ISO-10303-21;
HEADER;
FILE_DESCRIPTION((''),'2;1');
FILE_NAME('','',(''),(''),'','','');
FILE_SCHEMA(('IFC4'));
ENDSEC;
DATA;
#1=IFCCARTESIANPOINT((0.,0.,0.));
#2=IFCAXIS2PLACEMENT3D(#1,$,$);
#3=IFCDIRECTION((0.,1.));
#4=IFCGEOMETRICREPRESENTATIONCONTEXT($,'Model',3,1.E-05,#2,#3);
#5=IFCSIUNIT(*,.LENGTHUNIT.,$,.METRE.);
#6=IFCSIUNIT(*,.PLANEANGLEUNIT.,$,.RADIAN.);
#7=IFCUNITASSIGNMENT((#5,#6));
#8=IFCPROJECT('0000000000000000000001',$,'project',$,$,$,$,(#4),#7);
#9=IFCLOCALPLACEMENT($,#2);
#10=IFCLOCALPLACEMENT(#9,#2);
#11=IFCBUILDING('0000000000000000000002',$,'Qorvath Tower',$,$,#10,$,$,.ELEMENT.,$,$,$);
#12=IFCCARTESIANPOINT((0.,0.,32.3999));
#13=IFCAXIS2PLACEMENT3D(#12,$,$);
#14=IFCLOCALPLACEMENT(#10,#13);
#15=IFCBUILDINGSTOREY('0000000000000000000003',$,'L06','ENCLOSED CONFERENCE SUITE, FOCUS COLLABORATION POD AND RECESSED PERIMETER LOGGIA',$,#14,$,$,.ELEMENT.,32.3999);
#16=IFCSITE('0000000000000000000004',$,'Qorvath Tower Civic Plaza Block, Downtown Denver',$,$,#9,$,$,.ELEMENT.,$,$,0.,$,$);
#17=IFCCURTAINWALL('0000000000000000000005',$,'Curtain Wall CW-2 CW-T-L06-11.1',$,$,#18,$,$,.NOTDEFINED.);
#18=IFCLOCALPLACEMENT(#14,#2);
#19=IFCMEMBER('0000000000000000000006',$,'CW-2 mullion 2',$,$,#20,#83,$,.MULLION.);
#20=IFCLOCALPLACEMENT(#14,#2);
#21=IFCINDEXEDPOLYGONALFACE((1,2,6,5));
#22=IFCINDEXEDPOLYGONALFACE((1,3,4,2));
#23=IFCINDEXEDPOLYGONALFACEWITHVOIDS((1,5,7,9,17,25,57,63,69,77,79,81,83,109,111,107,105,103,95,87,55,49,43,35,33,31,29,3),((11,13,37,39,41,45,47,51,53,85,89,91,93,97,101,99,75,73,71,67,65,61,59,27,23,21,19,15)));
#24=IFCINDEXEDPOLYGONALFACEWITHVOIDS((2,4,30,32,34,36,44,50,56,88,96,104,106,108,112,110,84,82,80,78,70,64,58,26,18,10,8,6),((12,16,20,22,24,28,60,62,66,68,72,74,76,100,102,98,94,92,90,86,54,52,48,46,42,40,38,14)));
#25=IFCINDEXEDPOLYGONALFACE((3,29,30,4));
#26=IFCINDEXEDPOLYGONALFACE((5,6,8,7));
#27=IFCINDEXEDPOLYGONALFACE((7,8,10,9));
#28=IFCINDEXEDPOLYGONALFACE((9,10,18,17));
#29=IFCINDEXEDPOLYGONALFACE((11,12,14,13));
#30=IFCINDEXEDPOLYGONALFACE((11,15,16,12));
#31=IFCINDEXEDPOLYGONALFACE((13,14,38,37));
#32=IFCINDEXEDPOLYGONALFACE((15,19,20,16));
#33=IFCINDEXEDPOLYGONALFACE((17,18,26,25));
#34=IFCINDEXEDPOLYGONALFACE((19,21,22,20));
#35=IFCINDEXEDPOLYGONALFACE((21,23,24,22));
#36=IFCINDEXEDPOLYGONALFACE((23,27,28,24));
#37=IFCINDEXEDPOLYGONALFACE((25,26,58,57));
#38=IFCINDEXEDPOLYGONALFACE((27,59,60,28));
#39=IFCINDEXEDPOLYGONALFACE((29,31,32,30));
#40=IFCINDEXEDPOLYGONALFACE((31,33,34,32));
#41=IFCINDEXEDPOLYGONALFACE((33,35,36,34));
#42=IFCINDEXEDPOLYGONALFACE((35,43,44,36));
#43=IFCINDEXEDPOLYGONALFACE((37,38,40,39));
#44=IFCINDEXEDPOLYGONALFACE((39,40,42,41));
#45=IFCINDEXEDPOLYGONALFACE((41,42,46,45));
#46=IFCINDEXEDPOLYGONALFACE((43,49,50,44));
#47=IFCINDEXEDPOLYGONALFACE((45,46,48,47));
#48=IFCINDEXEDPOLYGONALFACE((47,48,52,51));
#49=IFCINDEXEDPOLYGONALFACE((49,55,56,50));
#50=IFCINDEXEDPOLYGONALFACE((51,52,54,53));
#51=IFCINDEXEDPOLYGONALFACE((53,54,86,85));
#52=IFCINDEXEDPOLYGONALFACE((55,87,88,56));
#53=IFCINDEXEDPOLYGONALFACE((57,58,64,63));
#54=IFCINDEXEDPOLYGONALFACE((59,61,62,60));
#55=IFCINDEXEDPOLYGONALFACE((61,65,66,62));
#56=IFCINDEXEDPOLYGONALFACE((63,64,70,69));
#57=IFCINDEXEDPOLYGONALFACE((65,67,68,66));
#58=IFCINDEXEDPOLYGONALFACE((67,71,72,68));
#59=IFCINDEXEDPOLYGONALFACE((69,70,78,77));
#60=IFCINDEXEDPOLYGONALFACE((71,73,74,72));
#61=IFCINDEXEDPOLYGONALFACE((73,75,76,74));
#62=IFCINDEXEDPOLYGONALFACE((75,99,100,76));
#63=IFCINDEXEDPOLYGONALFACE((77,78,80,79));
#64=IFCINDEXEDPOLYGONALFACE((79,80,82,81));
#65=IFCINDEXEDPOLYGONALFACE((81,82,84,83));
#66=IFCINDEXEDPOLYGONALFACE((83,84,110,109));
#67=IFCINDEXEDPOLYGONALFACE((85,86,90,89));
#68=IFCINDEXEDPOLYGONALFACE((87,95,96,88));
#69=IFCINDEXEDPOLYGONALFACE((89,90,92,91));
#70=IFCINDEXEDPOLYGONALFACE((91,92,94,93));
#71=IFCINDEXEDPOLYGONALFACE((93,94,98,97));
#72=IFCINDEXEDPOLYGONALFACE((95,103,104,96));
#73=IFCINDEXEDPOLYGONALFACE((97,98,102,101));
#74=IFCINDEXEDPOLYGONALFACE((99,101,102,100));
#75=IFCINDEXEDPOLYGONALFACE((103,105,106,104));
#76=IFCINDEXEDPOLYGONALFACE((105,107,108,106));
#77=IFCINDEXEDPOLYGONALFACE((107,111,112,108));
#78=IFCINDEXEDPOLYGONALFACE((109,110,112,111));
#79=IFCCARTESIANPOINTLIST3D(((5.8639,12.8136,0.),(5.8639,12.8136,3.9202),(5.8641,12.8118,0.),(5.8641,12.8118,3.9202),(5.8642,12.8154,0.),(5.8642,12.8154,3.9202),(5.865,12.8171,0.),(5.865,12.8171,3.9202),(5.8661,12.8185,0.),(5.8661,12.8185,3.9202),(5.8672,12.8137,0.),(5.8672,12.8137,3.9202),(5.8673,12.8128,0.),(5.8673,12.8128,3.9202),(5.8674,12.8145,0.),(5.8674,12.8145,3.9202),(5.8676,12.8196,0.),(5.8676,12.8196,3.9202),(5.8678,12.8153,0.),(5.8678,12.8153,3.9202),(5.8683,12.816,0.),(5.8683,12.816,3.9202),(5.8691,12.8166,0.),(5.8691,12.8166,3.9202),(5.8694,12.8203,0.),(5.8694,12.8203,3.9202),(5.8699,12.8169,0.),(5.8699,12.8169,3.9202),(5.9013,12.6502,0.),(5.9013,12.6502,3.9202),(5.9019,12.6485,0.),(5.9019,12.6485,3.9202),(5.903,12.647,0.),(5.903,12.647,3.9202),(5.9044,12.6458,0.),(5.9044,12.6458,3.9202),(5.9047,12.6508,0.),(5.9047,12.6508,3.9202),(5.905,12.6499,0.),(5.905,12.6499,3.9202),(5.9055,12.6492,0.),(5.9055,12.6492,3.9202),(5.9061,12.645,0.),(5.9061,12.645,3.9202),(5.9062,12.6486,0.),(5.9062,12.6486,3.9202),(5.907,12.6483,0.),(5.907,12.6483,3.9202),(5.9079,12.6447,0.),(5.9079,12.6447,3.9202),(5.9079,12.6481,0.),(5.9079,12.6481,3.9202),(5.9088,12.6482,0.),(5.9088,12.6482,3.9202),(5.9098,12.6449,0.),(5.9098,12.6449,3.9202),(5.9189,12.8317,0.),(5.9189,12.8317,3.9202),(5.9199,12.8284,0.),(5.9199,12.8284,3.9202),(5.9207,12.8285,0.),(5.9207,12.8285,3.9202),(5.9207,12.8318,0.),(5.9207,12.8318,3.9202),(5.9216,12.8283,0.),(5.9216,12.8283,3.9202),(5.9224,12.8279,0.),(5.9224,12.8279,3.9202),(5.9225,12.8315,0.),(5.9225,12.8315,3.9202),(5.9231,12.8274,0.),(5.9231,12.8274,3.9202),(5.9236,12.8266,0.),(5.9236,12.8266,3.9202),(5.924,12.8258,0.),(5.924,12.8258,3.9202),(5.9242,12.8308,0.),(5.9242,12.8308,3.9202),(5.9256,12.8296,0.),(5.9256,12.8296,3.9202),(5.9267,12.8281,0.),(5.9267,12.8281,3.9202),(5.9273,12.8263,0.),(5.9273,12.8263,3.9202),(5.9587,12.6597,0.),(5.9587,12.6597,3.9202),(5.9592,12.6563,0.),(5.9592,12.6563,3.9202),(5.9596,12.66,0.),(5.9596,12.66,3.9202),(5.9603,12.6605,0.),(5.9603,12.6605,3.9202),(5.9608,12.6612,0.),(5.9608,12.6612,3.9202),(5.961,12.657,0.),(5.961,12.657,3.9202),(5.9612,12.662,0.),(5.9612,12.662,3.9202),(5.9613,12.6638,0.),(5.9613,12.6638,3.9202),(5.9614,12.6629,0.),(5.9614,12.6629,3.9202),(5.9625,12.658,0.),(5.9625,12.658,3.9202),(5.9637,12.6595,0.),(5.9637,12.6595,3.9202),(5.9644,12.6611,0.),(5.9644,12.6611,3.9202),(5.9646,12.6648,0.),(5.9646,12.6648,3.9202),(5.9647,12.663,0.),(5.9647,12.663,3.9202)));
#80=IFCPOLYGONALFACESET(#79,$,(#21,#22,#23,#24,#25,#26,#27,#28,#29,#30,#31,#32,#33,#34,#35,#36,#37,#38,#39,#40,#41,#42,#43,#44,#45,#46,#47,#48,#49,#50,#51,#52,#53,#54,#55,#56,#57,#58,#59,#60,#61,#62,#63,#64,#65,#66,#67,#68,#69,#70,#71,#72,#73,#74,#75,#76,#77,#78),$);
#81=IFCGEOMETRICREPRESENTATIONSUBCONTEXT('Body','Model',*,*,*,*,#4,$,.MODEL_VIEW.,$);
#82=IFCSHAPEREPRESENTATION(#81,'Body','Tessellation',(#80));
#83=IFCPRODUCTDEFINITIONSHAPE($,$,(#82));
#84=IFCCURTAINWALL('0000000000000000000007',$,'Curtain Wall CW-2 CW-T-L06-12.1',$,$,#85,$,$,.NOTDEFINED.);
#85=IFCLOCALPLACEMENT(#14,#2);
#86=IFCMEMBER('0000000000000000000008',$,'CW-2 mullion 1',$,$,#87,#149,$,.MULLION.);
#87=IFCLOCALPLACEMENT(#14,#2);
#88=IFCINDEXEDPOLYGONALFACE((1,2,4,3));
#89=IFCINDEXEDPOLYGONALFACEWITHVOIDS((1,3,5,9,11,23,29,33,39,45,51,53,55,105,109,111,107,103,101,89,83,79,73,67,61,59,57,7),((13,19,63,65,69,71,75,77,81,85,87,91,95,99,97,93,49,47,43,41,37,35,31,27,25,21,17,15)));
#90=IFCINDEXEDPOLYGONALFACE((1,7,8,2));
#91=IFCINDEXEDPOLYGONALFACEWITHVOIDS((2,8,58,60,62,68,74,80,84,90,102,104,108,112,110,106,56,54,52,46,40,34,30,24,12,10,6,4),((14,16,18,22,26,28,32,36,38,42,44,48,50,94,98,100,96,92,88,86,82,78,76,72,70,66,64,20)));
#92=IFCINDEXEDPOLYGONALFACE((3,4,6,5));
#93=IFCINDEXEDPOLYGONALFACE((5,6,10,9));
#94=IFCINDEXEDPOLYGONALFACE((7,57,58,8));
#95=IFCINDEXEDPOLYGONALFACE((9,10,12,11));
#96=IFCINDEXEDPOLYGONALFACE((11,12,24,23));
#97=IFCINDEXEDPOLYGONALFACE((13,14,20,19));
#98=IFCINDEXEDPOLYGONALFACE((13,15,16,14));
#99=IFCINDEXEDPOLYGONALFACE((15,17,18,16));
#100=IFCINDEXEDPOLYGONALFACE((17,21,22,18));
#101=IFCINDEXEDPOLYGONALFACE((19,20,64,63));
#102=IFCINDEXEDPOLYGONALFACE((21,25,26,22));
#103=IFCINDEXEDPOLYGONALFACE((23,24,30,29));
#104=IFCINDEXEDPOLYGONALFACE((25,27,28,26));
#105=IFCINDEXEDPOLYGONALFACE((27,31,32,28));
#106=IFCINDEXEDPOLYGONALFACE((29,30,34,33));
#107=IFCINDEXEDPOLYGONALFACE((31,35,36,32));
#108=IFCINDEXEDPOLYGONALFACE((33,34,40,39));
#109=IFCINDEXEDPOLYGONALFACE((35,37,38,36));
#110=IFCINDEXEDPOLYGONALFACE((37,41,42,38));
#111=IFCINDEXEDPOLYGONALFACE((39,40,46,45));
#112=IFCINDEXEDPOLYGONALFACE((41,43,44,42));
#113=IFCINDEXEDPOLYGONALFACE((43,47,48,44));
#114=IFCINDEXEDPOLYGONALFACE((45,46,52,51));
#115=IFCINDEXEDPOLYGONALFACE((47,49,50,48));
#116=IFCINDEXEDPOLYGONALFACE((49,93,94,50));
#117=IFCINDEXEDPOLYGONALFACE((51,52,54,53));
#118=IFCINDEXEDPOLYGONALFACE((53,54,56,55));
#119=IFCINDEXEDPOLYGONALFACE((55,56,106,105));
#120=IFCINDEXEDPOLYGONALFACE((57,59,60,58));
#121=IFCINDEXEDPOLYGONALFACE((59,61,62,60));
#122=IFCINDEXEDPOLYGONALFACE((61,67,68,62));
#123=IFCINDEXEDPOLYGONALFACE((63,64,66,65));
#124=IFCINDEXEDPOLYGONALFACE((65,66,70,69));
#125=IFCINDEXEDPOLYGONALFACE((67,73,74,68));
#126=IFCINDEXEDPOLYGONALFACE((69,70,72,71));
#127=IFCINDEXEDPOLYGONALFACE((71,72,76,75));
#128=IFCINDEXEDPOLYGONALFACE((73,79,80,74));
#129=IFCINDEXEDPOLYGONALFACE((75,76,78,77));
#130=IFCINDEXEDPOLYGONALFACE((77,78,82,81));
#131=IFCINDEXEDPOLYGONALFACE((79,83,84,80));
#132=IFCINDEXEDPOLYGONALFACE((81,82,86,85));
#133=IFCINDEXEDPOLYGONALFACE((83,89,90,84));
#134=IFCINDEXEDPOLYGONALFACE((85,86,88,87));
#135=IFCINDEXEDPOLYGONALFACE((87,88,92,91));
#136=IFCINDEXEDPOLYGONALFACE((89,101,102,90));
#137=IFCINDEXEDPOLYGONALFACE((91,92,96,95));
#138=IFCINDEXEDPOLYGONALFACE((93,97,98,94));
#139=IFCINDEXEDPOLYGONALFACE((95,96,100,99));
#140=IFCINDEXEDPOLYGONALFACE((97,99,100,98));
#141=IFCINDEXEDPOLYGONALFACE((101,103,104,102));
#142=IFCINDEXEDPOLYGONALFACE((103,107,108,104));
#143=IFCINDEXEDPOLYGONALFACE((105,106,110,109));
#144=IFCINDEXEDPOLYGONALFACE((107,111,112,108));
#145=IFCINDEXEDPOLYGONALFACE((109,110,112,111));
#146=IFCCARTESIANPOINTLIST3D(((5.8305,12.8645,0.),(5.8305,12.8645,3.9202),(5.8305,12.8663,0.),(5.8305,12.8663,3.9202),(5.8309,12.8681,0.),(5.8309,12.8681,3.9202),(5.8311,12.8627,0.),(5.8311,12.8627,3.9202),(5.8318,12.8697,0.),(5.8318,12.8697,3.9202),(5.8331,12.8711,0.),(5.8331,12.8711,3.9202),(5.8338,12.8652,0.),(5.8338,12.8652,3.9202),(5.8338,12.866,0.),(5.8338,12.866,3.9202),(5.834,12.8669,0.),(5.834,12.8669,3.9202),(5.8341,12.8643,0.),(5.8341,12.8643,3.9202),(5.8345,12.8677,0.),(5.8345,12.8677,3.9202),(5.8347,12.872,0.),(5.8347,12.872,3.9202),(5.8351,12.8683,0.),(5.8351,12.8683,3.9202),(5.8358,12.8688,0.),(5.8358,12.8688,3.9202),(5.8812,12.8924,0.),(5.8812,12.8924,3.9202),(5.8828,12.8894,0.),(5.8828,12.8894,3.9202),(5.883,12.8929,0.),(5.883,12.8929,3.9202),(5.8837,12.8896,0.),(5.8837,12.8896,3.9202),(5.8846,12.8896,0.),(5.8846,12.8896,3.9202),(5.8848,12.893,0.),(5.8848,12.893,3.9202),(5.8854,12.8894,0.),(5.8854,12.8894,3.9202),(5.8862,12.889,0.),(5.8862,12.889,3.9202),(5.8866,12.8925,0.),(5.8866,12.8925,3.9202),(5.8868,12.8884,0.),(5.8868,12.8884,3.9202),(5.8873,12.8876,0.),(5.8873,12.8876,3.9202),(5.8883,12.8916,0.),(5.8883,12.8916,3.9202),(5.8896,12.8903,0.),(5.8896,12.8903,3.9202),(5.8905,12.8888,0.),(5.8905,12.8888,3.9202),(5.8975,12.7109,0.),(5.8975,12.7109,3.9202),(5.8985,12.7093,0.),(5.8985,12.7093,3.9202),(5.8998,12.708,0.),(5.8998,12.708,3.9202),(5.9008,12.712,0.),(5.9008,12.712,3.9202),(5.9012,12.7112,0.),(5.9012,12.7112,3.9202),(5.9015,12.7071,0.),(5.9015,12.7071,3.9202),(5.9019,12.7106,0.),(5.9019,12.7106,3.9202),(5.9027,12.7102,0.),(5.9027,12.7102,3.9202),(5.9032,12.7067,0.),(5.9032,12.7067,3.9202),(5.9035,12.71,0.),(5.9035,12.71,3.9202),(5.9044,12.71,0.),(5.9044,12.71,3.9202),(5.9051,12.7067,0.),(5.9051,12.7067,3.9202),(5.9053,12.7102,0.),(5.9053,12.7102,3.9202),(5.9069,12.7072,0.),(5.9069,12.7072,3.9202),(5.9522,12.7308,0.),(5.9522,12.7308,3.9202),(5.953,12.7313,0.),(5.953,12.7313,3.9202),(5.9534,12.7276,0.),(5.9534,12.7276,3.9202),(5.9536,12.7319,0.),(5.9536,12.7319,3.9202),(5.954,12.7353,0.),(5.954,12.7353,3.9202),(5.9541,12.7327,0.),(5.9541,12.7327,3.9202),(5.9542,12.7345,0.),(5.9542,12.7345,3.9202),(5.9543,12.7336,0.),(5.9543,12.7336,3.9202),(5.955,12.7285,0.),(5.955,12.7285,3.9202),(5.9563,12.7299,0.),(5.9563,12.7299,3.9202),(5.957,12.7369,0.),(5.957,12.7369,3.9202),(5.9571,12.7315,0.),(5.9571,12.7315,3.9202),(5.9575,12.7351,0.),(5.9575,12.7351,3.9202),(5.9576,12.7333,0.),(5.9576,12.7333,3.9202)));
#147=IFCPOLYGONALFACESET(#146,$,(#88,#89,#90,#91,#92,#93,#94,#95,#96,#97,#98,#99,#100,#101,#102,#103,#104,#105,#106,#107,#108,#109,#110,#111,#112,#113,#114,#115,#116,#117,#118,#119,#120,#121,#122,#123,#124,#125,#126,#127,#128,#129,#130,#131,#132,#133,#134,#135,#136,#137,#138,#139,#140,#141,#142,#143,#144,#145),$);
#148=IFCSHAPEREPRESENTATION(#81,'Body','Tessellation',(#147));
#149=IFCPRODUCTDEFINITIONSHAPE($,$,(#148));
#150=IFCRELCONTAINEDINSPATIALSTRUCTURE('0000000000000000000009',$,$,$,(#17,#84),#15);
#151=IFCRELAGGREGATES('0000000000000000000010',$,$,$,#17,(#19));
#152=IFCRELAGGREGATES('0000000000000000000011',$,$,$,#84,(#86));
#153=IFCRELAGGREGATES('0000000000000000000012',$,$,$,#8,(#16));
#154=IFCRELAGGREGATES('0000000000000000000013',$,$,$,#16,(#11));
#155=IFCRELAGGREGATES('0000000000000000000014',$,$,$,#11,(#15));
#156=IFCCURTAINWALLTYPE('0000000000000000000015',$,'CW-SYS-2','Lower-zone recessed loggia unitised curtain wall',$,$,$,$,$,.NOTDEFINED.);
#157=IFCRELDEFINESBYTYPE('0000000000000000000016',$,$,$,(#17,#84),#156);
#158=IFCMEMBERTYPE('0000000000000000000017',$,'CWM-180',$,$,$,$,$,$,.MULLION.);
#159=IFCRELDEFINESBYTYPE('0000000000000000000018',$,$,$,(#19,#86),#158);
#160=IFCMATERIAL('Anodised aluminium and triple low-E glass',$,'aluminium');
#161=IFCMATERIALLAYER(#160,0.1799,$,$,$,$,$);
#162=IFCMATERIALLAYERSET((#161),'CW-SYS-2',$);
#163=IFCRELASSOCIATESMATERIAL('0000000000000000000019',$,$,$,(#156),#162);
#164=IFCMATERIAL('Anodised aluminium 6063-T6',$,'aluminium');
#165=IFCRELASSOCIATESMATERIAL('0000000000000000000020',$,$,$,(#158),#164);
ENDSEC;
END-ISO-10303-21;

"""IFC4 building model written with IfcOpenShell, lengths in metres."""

from ifc_helpers import new_model, si_unit, direction, frame, origin, origin_2d, place, context, subcontext, project, spatial, hollow_rectangle, extrude, material, layer, layer_set, material_profile, profile_set, type_object, element, aggregate, save


model = new_model("IFC4")

# Units and contexts
model_context = context("Model", 3, precision=1e-05, world=origin(), true_north=direction((0.0, 1.0)))
body_context = subcontext(model_context, "Body", "Model", "MODEL_VIEW")
ifc_project = project(units=[si_unit("LENGTHUNIT", "METRE"), si_unit("PLANEANGLEUNIT", "RADIAN")], contexts=[model_context])

# Site, building, storey
site_placement = place(None, origin())
site = spatial("IfcSite", under=ifc_project, at=site_placement, Name="Qorvath Tower Civic Plaza Block, Downtown Denver", CompositionType="ELEMENT", RefElevation=0.0)
building_placement = place(site_placement, origin())
building = spatial("IfcBuilding", under=site, at=building_placement, Name="Qorvath Tower", CompositionType="ELEMENT")
storey_placement = place(building_placement, frame((0.0, 0.0, 32.3999)))
storey = spatial("IfcBuildingStorey", under=building, at=storey_placement, Name="L06", Description="ENCLOSED CONFERENCE SUITE, FOCUS COLLABORATION POD AND RECESSED PERIMETER LOGGIA", CompositionType="ELEMENT", Elevation=32.3999)

# Curtain wall, member
ifc_material_1 = material(Name="Anodised aluminium and triple low-E glass", Category="aluminium")
ifc_layer_1 = layer(ifc_material_1, 0.1799)
ifc_layer_set_1 = layer_set([ifc_layer_1], Name="CW-SYS-2")
curtain_wall_type = type_object("IfcCurtainWallType", Name="CW-SYS-2", Description="Lower-zone recessed loggia unitised curtain wall", PredefinedType="NOTDEFINED", material=ifc_layer_set_1)
curtain_wall_1_placement = place(storey_placement, origin())
curtain_wall_1 = element("IfcCurtainWall", 1, at=curtain_wall_1_placement, inside=storey, type_object=curtain_wall_type, Name="Curtain Wall CW-2 CW-T-L06-11.1", PredefinedType="NOTDEFINED")
ifc_material_2 = material(Name="Anodised aluminium 6063-T6", Category="aluminium")
ifc_material_profile_1 = material_profile(ifc_material_2, hollow_rectangle(XDim=0.0649, YDim=0.1799, WallThickness=0.0034, InnerFilletRadius=0.0034, OuterFilletRadius=0.0071, at=origin_2d()), Name="CWM 180x65")
ifc_profile_set_1 = profile_set([ifc_material_profile_1], Name="Anodised aluminium 6063-T6")
member_type_1 = type_object("IfcMemberType", Name="CWM-180", PredefinedType="MULLION", material=ifc_profile_set_1)
member_1_placement = place(storey_placement, frame((5.9143, 12.7383, 0.0), z_axis=(0.0, 0.0, 1.0), x_axis=(-0.974481, -0.224471, 0.0)))
member_1 = element("IfcMember", 2, at=member_1_placement, type_object=member_type_1, Name="CW-2 mullion 2", PredefinedType="MULLION", context=body_context, shape_type="SweptSolid", body=[
    extrude(hollow_rectangle(XDim=0.0649, YDim=0.1799, WallThickness=0.0034, InnerFilletRadius=0.0034, OuterFilletRadius=0.0071, at=origin_2d()), origin(), (0.0, 0.0, 1.0), 3.9202),
])

# Curtain wall, member
curtain_wall_2_placement = place(storey_placement, origin())
curtain_wall_2 = element("IfcCurtainWall", 3, at=curtain_wall_2_placement, inside=storey, type_object=curtain_wall_type, Name="Curtain Wall CW-2 CW-T-L06-12.1", PredefinedType="NOTDEFINED")
member_2_placement = place(storey_placement, frame((5.894, 12.7998, 0.0), z_axis=(0.0, 0.0, 1.0), x_axis=(-0.916026, -0.401118, 0.0)))
member_2 = element("IfcMember", 4, at=member_2_placement, type_object=member_type_1, Name="CW-2 mullion 1", PredefinedType="MULLION", context=body_context, shape_type="SweptSolid", body=[
    extrude(hollow_rectangle(XDim=0.0649, YDim=0.1799, WallThickness=0.0034, InnerFilletRadius=0.0034, OuterFilletRadius=0.0071, at=origin_2d()), origin(), (0.0, 0.0, 1.0), 3.9202),
])

aggregate(curtain_wall_1, [member_1])
aggregate(curtain_wall_2, [member_2])

save(model, "model.ifc")
